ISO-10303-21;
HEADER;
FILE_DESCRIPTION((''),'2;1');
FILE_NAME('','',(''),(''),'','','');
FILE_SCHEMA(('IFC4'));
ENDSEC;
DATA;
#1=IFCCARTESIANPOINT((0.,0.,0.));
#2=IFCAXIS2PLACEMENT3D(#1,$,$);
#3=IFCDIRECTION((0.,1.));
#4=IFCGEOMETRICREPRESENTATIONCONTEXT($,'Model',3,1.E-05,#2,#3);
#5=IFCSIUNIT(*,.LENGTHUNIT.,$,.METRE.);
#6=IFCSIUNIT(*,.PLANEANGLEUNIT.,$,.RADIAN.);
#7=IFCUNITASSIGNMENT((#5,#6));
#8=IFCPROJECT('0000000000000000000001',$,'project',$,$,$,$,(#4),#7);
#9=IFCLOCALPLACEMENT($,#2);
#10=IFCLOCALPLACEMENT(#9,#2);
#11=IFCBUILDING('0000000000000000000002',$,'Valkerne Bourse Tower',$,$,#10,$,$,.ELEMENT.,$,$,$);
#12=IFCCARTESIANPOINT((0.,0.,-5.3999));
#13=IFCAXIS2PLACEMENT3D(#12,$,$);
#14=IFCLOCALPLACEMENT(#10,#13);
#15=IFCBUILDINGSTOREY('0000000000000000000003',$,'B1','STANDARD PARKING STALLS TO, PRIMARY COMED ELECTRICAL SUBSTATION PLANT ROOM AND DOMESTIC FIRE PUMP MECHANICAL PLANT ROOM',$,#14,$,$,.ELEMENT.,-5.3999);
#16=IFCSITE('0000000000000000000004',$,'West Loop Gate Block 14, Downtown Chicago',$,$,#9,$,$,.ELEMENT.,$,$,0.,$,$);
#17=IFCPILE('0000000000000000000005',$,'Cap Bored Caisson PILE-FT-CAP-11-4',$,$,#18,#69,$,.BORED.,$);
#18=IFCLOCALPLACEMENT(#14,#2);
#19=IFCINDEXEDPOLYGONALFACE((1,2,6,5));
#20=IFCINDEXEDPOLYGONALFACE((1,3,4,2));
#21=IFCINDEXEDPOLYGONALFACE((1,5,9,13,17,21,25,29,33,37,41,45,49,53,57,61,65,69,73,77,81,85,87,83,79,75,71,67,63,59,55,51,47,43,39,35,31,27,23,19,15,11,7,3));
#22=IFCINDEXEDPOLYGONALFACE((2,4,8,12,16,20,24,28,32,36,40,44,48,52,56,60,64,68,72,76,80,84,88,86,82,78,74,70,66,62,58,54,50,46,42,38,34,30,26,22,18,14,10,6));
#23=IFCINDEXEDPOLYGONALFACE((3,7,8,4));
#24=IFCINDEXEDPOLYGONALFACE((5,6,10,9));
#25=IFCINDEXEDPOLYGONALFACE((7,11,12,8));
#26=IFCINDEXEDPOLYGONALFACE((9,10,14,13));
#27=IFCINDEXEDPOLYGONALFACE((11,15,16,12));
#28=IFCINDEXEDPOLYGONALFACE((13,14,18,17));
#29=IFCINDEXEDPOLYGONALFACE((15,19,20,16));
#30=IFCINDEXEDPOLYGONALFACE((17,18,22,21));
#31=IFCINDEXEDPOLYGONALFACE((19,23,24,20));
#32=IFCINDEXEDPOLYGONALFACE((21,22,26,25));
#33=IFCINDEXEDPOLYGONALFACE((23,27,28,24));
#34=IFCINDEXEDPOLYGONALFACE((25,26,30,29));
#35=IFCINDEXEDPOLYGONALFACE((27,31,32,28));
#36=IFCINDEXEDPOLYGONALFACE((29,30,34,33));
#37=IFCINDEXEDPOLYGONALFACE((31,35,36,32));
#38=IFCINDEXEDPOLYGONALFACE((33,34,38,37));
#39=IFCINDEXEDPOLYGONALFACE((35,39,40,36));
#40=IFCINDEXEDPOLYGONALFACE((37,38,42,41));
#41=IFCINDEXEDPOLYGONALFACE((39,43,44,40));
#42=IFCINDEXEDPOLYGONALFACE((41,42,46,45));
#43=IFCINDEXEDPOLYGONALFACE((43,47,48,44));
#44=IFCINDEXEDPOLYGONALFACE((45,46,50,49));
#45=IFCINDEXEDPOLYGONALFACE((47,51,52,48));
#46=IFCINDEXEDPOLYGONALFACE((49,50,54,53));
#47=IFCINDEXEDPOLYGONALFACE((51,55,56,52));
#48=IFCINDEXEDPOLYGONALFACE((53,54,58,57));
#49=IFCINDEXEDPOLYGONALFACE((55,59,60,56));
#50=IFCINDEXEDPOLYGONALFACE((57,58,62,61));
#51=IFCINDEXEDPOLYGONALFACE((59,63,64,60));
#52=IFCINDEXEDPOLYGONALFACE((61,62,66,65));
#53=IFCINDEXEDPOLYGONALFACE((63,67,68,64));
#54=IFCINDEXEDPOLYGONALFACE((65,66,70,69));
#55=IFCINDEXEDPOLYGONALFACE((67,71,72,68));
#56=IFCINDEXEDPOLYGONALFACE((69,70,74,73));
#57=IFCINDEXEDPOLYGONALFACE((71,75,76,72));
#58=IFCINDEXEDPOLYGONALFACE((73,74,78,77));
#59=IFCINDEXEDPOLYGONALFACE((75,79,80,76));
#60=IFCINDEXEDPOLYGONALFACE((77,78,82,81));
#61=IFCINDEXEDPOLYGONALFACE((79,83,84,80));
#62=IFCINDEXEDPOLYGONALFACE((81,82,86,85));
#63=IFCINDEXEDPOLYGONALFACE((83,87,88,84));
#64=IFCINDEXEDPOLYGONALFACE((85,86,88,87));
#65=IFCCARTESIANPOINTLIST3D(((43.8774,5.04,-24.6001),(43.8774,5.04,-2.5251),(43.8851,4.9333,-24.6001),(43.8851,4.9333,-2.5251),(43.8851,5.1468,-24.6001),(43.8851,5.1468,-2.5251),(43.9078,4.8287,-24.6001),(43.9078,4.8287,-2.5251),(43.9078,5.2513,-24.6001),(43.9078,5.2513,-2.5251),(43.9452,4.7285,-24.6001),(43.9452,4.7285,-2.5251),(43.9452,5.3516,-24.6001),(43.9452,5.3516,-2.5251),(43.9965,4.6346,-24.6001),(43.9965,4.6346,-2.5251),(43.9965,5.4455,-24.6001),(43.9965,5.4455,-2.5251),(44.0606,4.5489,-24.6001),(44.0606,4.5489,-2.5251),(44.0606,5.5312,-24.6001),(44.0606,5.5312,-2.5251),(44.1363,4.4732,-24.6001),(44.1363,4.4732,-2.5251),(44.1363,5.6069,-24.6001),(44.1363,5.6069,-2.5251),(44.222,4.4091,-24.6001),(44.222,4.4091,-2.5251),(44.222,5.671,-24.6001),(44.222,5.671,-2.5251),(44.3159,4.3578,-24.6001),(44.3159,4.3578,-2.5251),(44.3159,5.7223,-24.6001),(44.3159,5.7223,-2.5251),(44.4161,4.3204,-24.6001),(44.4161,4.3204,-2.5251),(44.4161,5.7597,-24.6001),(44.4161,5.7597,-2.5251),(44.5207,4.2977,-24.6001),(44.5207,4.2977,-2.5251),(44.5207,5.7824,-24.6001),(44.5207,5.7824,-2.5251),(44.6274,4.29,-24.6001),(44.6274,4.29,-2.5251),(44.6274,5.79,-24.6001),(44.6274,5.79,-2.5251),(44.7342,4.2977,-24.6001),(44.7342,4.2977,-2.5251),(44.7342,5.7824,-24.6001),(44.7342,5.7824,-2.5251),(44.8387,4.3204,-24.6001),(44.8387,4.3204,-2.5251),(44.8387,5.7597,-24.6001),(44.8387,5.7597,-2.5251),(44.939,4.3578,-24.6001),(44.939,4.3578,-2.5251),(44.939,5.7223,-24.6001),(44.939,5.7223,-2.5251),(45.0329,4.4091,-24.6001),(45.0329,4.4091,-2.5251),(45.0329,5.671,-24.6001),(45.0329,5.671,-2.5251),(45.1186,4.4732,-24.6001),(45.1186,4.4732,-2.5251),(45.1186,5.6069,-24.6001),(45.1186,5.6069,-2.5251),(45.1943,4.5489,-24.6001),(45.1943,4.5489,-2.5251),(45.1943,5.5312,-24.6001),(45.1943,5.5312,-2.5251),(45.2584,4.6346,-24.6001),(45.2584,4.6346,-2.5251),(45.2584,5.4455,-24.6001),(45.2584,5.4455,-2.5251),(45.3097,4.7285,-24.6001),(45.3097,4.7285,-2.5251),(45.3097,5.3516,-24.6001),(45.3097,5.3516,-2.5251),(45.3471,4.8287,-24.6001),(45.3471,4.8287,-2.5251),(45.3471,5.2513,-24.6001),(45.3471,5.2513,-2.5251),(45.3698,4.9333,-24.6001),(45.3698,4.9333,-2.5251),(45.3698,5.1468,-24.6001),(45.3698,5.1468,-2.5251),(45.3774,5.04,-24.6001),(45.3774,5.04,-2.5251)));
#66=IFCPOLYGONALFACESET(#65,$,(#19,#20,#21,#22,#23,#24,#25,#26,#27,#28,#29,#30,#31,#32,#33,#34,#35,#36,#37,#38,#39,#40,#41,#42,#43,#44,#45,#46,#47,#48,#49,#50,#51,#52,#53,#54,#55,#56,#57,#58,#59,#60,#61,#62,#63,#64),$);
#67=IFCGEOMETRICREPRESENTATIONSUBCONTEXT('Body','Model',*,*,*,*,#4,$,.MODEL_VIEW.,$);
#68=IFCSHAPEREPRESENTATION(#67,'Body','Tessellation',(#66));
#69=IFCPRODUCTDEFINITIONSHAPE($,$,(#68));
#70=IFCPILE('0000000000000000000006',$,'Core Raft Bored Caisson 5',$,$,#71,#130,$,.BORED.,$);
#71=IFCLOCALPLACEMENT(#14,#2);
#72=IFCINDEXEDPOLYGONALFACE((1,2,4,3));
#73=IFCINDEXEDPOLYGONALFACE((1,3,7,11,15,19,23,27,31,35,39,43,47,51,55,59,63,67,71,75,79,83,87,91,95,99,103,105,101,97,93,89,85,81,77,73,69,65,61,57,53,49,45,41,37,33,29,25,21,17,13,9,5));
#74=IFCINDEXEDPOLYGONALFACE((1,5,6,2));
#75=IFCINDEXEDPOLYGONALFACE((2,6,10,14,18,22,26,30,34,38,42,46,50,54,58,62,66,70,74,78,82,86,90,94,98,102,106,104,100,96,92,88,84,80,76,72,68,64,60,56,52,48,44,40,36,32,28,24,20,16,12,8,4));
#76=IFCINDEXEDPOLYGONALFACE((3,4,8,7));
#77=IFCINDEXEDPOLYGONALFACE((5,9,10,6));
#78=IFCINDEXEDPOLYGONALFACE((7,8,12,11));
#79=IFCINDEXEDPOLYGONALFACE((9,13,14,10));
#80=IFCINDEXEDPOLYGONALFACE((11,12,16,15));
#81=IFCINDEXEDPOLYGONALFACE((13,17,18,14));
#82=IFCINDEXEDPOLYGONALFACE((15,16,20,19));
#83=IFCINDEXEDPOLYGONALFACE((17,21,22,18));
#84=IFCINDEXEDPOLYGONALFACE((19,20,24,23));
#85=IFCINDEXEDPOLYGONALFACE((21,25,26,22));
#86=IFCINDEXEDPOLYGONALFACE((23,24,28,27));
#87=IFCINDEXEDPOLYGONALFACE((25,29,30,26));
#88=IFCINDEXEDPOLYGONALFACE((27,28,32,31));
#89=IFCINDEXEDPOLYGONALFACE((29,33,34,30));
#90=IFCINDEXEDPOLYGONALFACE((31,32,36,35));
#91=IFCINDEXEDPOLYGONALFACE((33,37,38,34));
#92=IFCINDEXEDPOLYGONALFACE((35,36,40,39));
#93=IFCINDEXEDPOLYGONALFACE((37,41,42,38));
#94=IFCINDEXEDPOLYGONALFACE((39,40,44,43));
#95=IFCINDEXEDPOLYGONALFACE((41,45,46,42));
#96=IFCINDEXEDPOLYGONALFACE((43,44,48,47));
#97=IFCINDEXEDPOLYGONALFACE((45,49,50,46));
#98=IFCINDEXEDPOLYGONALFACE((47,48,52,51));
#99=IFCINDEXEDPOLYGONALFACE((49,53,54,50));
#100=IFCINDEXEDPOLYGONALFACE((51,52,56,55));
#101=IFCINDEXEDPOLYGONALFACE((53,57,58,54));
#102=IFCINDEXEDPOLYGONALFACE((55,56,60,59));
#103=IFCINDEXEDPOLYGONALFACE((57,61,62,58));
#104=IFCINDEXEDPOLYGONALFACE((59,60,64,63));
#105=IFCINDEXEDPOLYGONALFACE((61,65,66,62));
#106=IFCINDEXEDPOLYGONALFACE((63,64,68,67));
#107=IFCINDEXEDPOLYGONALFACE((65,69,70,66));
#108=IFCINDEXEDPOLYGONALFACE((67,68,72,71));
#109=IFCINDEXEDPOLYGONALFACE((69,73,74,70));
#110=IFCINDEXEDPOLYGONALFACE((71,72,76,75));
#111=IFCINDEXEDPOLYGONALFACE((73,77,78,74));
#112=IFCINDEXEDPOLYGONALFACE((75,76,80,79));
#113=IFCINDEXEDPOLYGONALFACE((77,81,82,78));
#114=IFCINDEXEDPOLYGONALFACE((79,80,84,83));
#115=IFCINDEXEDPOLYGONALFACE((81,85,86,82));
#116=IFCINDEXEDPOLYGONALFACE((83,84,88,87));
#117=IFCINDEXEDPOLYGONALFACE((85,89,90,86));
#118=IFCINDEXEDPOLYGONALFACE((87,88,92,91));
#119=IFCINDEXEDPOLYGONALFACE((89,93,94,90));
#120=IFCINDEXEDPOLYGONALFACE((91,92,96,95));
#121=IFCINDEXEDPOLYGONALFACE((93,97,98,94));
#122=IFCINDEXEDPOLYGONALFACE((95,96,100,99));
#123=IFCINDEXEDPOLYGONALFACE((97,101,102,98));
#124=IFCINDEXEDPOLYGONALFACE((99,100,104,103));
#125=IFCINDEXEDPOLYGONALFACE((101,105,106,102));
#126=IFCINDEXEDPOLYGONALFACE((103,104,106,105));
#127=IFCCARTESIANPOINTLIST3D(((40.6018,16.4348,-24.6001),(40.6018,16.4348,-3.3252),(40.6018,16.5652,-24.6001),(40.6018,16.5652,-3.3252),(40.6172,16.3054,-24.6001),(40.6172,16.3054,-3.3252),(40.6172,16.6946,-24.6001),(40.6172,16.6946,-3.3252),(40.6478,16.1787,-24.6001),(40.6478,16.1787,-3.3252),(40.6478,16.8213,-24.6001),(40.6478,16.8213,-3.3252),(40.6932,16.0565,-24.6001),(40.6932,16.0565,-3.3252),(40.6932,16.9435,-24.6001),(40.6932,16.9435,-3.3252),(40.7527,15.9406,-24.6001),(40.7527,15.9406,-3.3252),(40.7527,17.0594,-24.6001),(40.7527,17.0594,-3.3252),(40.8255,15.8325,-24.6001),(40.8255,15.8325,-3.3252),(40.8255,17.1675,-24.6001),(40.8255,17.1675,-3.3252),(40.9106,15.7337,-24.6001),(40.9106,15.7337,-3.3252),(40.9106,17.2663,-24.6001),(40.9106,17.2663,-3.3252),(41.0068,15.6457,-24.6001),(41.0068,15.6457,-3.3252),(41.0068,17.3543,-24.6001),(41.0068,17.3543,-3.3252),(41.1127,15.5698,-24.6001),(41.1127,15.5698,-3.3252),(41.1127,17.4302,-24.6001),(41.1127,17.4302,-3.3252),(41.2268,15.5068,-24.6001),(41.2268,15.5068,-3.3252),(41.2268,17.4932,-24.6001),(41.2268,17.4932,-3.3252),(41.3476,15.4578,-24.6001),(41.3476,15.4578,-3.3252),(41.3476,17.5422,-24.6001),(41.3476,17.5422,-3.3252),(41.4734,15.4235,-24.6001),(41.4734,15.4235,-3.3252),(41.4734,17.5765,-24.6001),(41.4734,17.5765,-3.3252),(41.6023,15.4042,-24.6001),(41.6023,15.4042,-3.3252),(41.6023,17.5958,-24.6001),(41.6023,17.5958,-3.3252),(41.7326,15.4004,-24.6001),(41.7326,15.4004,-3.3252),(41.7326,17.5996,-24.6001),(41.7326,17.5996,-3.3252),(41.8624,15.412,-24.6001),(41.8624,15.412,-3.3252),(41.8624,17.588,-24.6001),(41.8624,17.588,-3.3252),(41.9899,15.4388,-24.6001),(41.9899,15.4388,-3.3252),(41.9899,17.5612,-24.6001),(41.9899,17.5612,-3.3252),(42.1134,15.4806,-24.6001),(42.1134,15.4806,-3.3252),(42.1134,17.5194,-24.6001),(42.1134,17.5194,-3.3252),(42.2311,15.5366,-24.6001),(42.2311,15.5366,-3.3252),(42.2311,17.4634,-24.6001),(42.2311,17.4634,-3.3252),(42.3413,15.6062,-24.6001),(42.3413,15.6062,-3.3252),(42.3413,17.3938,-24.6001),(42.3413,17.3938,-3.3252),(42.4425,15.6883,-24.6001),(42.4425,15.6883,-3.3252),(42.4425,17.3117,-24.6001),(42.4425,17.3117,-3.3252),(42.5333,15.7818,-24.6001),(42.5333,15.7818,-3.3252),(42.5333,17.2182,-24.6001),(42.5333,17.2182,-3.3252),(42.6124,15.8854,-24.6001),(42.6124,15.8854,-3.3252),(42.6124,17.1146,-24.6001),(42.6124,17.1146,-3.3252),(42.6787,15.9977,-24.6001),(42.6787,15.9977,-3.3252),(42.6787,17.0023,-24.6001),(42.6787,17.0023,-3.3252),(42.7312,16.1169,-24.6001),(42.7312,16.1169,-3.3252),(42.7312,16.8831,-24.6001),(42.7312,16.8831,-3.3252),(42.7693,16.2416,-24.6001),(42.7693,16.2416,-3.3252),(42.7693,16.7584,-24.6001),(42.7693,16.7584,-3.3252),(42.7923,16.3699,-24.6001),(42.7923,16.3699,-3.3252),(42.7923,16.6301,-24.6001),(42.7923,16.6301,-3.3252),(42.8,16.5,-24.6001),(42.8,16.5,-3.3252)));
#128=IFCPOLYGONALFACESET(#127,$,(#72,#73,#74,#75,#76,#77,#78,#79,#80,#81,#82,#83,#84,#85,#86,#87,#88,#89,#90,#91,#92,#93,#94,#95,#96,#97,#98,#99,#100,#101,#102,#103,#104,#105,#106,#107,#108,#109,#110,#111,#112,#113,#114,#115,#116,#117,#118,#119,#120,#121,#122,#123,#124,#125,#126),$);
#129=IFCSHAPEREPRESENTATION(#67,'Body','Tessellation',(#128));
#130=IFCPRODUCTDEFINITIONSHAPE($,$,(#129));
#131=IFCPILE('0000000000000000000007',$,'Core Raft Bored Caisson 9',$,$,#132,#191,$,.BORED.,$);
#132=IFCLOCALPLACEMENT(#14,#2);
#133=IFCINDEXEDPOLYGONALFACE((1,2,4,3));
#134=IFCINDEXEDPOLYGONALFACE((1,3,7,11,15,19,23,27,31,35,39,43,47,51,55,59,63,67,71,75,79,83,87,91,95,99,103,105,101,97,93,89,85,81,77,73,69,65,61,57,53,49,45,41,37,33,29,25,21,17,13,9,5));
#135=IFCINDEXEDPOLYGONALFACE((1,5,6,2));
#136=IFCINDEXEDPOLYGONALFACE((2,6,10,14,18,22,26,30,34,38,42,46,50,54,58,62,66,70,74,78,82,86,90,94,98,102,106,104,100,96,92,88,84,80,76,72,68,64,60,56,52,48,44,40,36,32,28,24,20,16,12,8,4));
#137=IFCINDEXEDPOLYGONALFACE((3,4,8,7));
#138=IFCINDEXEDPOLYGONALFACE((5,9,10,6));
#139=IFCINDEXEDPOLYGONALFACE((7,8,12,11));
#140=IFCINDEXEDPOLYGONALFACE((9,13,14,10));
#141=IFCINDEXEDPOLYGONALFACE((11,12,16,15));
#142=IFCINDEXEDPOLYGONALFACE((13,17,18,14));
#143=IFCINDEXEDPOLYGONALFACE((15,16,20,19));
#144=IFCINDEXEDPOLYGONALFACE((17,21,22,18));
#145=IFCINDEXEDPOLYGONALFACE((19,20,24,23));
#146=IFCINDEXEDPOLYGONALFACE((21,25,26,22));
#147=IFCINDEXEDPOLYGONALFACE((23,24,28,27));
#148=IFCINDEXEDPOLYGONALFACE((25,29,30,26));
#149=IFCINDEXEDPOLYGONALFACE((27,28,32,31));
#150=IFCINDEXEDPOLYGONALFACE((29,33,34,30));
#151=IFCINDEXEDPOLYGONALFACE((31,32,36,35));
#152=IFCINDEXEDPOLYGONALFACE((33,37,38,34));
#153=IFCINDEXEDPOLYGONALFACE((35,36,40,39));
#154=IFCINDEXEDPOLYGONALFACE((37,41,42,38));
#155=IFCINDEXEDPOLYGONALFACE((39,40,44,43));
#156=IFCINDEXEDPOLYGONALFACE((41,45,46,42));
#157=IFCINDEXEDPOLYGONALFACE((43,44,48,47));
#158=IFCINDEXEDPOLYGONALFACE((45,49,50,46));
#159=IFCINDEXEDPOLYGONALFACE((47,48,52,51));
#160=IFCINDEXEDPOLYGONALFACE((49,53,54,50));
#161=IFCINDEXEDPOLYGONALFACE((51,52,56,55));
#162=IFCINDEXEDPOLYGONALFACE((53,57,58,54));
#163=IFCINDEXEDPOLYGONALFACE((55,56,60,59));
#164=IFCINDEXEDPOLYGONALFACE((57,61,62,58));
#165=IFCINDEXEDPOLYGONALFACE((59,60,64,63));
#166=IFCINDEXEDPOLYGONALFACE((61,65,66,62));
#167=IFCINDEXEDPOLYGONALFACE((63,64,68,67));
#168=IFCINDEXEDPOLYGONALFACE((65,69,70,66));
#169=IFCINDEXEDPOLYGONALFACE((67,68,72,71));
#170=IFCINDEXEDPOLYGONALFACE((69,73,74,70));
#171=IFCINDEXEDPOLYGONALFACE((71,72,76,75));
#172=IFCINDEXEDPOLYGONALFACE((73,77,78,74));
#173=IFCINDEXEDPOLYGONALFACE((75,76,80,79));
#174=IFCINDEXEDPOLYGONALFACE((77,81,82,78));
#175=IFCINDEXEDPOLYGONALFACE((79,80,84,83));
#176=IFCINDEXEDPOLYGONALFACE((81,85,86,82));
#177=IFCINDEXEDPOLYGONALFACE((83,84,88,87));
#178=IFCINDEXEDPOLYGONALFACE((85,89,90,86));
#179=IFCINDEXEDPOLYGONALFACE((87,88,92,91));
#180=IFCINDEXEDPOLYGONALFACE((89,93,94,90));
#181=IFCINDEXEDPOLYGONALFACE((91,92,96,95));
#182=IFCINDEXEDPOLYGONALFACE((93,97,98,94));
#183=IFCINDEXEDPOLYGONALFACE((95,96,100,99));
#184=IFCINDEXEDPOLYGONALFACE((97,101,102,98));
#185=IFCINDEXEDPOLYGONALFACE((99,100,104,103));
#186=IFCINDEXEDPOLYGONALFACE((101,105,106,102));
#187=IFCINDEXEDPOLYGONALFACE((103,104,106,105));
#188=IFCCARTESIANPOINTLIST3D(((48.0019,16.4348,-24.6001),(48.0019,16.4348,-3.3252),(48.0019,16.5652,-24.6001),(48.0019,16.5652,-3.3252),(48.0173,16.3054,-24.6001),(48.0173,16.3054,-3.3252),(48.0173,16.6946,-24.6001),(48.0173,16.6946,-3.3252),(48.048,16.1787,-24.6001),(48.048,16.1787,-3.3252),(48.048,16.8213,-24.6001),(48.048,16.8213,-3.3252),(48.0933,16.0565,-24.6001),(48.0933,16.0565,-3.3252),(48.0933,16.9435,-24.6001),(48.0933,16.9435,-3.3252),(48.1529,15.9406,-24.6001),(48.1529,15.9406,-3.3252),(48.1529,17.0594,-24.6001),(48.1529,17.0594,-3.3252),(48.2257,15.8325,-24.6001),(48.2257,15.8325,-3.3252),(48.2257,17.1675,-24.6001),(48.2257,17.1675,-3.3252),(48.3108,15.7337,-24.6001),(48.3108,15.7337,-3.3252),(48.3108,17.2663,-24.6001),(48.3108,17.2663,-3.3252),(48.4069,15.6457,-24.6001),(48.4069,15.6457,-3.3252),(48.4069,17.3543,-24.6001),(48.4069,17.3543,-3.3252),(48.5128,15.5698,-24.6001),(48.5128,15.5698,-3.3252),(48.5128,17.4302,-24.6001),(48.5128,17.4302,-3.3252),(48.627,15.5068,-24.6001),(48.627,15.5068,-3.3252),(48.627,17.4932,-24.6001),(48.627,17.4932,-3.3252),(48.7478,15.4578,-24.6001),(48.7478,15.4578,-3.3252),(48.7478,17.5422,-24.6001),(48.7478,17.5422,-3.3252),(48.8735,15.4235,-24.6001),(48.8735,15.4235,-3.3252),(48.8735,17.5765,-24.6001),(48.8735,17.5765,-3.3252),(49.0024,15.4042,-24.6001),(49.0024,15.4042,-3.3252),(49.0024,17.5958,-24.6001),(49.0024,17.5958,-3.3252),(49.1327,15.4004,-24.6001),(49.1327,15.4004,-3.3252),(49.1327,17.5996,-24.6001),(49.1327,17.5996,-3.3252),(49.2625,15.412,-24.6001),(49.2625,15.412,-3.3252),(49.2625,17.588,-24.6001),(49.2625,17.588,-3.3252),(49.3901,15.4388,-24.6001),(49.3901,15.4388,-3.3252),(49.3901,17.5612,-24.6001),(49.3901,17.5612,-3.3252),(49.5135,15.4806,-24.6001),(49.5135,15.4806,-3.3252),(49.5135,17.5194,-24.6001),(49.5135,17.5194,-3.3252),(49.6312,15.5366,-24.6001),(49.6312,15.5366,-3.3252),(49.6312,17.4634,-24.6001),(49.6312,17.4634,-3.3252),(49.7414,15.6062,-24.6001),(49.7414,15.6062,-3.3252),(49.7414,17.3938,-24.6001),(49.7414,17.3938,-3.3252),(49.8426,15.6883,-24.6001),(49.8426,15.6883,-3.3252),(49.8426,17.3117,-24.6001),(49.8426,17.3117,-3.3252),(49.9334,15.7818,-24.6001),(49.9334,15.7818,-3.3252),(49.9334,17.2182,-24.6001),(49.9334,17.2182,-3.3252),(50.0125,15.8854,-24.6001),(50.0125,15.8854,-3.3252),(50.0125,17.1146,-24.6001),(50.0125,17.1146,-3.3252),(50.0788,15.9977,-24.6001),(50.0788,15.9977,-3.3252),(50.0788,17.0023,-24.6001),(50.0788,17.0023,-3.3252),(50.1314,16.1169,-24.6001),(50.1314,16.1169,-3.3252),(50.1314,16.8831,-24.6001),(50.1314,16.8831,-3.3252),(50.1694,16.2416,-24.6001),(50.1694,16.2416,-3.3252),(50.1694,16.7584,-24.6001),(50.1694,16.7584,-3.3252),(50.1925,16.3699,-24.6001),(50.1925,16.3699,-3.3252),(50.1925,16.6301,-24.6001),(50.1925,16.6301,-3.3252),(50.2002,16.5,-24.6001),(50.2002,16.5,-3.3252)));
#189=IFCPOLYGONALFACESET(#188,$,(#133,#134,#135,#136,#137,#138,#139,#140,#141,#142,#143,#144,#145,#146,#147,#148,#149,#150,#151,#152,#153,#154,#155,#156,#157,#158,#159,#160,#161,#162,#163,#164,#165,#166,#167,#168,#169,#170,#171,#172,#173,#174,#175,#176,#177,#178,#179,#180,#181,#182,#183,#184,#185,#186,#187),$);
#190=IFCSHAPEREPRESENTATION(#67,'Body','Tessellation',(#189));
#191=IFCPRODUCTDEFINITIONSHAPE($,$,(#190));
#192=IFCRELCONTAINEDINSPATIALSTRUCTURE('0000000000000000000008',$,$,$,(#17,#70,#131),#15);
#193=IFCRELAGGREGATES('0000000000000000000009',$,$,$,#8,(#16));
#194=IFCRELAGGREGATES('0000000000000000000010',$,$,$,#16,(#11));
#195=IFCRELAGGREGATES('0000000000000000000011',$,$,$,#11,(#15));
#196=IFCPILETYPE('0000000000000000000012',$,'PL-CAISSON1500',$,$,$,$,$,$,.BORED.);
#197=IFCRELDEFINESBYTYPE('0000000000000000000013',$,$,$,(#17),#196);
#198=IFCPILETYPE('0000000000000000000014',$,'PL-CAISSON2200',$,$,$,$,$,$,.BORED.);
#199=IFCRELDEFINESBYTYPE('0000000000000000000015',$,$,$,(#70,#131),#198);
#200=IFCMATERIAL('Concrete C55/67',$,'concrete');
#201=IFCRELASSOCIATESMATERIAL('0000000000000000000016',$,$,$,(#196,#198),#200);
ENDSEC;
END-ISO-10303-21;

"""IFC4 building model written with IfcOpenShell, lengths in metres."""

from ifc_helpers import new_model, si_unit, direction, frame, origin, origin_2d, place, context, subcontext, project, spatial, circle, extrude, material, material_profile, profile_set, type_object, element, save


model = new_model("IFC4")

# Units and contexts
model_context = context("Model", 3, precision=1e-05, world=origin(), true_north=direction((0.0, 1.0)))
body_context = subcontext(model_context, "Body", "Model", "MODEL_VIEW")
ifc_project = project(units=[si_unit("LENGTHUNIT", "METRE"), si_unit("PLANEANGLEUNIT", "RADIAN")], contexts=[model_context])

# Site, building, storey
site_placement = place(None, origin())
site = spatial("IfcSite", under=ifc_project, at=site_placement, Name="West Loop Gate Block 14, Downtown Chicago", CompositionType="ELEMENT", RefElevation=0.0)
building_placement = place(site_placement, origin())
building = spatial("IfcBuilding", under=site, at=building_placement, Name="Valkerne Bourse Tower", CompositionType="ELEMENT")
storey_placement = place(building_placement, frame((0.0, 0.0, -5.3999)))
storey = spatial("IfcBuildingStorey", under=building, at=storey_placement, Name="B1", Description="STANDARD PARKING STALLS TO, PRIMARY COMED ELECTRICAL SUBSTATION PLANT ROOM AND DOMESTIC FIRE PUMP MECHANICAL PLANT ROOM", CompositionType="ELEMENT", Elevation=-5.3999)

# Piles
ifc_material_1 = material(Name="Concrete C55/67", Category="concrete")
ifc_material_profile_1 = material_profile(ifc_material_1, circle(Radius=0.75, at=origin_2d()), Name="CAISSON1500")
ifc_profile_set_1 = profile_set([ifc_material_profile_1], Name="Concrete C55/67")
pile_type_1 = type_object("IfcPileType", Name="PL-CAISSON1500", PredefinedType="BORED", material=ifc_profile_set_1)
for number, where, z_axis, x_axis, name in (
    (1, (44.6274, 5.04, -2.5251), (0.0, 0.0, -1.0), (1.0, 0.0, 0.0), "Cap Bored Caisson PILE-FT-CAP-11-4"),
):
    element("IfcPile", number, at=place(storey_placement, frame(where, z_axis=z_axis, x_axis=x_axis)), inside=storey, type_object=pile_type_1, Name=name, PredefinedType="BORED", context=body_context, shape_type="SweptSolid", body=[
        extrude(circle(Radius=0.75, at=origin_2d()), origin(), (0.0, 0.0, 1.0), 22.075),
    ])
ifc_material_profile_2 = material_profile(ifc_material_1, circle(Radius=1.1001, at=origin_2d()), Name="CAISSON2200")
ifc_profile_set_2 = profile_set([ifc_material_profile_2], Name="Concrete C55/67")
pile_type_2 = type_object("IfcPileType", Name="PL-CAISSON2200", PredefinedType="BORED", material=ifc_profile_set_2)
for number, where, z_axis, x_axis, name in (
    (2, (41.7, 16.5, -3.3252), (0.0, 0.0, -1.0), (1.0, 0.0, 0.0), "Core Raft Bored Caisson 5"),
    (3, (49.1001, 16.5, -3.3252), (0.0, 0.0, -1.0), (1.0, 0.0, 0.0), "Core Raft Bored Caisson 9"),
):
    element("IfcPile", number, at=place(storey_placement, frame(where, z_axis=z_axis, x_axis=x_axis)), inside=storey, type_object=pile_type_2, Name=name, PredefinedType="BORED", context=body_context, shape_type="SweptSolid", body=[
        extrude(circle(Radius=1.1001, at=origin_2d()), origin(), (0.0, 0.0, 1.0), 21.2749),
    ])

save(model, "model.ifc")
